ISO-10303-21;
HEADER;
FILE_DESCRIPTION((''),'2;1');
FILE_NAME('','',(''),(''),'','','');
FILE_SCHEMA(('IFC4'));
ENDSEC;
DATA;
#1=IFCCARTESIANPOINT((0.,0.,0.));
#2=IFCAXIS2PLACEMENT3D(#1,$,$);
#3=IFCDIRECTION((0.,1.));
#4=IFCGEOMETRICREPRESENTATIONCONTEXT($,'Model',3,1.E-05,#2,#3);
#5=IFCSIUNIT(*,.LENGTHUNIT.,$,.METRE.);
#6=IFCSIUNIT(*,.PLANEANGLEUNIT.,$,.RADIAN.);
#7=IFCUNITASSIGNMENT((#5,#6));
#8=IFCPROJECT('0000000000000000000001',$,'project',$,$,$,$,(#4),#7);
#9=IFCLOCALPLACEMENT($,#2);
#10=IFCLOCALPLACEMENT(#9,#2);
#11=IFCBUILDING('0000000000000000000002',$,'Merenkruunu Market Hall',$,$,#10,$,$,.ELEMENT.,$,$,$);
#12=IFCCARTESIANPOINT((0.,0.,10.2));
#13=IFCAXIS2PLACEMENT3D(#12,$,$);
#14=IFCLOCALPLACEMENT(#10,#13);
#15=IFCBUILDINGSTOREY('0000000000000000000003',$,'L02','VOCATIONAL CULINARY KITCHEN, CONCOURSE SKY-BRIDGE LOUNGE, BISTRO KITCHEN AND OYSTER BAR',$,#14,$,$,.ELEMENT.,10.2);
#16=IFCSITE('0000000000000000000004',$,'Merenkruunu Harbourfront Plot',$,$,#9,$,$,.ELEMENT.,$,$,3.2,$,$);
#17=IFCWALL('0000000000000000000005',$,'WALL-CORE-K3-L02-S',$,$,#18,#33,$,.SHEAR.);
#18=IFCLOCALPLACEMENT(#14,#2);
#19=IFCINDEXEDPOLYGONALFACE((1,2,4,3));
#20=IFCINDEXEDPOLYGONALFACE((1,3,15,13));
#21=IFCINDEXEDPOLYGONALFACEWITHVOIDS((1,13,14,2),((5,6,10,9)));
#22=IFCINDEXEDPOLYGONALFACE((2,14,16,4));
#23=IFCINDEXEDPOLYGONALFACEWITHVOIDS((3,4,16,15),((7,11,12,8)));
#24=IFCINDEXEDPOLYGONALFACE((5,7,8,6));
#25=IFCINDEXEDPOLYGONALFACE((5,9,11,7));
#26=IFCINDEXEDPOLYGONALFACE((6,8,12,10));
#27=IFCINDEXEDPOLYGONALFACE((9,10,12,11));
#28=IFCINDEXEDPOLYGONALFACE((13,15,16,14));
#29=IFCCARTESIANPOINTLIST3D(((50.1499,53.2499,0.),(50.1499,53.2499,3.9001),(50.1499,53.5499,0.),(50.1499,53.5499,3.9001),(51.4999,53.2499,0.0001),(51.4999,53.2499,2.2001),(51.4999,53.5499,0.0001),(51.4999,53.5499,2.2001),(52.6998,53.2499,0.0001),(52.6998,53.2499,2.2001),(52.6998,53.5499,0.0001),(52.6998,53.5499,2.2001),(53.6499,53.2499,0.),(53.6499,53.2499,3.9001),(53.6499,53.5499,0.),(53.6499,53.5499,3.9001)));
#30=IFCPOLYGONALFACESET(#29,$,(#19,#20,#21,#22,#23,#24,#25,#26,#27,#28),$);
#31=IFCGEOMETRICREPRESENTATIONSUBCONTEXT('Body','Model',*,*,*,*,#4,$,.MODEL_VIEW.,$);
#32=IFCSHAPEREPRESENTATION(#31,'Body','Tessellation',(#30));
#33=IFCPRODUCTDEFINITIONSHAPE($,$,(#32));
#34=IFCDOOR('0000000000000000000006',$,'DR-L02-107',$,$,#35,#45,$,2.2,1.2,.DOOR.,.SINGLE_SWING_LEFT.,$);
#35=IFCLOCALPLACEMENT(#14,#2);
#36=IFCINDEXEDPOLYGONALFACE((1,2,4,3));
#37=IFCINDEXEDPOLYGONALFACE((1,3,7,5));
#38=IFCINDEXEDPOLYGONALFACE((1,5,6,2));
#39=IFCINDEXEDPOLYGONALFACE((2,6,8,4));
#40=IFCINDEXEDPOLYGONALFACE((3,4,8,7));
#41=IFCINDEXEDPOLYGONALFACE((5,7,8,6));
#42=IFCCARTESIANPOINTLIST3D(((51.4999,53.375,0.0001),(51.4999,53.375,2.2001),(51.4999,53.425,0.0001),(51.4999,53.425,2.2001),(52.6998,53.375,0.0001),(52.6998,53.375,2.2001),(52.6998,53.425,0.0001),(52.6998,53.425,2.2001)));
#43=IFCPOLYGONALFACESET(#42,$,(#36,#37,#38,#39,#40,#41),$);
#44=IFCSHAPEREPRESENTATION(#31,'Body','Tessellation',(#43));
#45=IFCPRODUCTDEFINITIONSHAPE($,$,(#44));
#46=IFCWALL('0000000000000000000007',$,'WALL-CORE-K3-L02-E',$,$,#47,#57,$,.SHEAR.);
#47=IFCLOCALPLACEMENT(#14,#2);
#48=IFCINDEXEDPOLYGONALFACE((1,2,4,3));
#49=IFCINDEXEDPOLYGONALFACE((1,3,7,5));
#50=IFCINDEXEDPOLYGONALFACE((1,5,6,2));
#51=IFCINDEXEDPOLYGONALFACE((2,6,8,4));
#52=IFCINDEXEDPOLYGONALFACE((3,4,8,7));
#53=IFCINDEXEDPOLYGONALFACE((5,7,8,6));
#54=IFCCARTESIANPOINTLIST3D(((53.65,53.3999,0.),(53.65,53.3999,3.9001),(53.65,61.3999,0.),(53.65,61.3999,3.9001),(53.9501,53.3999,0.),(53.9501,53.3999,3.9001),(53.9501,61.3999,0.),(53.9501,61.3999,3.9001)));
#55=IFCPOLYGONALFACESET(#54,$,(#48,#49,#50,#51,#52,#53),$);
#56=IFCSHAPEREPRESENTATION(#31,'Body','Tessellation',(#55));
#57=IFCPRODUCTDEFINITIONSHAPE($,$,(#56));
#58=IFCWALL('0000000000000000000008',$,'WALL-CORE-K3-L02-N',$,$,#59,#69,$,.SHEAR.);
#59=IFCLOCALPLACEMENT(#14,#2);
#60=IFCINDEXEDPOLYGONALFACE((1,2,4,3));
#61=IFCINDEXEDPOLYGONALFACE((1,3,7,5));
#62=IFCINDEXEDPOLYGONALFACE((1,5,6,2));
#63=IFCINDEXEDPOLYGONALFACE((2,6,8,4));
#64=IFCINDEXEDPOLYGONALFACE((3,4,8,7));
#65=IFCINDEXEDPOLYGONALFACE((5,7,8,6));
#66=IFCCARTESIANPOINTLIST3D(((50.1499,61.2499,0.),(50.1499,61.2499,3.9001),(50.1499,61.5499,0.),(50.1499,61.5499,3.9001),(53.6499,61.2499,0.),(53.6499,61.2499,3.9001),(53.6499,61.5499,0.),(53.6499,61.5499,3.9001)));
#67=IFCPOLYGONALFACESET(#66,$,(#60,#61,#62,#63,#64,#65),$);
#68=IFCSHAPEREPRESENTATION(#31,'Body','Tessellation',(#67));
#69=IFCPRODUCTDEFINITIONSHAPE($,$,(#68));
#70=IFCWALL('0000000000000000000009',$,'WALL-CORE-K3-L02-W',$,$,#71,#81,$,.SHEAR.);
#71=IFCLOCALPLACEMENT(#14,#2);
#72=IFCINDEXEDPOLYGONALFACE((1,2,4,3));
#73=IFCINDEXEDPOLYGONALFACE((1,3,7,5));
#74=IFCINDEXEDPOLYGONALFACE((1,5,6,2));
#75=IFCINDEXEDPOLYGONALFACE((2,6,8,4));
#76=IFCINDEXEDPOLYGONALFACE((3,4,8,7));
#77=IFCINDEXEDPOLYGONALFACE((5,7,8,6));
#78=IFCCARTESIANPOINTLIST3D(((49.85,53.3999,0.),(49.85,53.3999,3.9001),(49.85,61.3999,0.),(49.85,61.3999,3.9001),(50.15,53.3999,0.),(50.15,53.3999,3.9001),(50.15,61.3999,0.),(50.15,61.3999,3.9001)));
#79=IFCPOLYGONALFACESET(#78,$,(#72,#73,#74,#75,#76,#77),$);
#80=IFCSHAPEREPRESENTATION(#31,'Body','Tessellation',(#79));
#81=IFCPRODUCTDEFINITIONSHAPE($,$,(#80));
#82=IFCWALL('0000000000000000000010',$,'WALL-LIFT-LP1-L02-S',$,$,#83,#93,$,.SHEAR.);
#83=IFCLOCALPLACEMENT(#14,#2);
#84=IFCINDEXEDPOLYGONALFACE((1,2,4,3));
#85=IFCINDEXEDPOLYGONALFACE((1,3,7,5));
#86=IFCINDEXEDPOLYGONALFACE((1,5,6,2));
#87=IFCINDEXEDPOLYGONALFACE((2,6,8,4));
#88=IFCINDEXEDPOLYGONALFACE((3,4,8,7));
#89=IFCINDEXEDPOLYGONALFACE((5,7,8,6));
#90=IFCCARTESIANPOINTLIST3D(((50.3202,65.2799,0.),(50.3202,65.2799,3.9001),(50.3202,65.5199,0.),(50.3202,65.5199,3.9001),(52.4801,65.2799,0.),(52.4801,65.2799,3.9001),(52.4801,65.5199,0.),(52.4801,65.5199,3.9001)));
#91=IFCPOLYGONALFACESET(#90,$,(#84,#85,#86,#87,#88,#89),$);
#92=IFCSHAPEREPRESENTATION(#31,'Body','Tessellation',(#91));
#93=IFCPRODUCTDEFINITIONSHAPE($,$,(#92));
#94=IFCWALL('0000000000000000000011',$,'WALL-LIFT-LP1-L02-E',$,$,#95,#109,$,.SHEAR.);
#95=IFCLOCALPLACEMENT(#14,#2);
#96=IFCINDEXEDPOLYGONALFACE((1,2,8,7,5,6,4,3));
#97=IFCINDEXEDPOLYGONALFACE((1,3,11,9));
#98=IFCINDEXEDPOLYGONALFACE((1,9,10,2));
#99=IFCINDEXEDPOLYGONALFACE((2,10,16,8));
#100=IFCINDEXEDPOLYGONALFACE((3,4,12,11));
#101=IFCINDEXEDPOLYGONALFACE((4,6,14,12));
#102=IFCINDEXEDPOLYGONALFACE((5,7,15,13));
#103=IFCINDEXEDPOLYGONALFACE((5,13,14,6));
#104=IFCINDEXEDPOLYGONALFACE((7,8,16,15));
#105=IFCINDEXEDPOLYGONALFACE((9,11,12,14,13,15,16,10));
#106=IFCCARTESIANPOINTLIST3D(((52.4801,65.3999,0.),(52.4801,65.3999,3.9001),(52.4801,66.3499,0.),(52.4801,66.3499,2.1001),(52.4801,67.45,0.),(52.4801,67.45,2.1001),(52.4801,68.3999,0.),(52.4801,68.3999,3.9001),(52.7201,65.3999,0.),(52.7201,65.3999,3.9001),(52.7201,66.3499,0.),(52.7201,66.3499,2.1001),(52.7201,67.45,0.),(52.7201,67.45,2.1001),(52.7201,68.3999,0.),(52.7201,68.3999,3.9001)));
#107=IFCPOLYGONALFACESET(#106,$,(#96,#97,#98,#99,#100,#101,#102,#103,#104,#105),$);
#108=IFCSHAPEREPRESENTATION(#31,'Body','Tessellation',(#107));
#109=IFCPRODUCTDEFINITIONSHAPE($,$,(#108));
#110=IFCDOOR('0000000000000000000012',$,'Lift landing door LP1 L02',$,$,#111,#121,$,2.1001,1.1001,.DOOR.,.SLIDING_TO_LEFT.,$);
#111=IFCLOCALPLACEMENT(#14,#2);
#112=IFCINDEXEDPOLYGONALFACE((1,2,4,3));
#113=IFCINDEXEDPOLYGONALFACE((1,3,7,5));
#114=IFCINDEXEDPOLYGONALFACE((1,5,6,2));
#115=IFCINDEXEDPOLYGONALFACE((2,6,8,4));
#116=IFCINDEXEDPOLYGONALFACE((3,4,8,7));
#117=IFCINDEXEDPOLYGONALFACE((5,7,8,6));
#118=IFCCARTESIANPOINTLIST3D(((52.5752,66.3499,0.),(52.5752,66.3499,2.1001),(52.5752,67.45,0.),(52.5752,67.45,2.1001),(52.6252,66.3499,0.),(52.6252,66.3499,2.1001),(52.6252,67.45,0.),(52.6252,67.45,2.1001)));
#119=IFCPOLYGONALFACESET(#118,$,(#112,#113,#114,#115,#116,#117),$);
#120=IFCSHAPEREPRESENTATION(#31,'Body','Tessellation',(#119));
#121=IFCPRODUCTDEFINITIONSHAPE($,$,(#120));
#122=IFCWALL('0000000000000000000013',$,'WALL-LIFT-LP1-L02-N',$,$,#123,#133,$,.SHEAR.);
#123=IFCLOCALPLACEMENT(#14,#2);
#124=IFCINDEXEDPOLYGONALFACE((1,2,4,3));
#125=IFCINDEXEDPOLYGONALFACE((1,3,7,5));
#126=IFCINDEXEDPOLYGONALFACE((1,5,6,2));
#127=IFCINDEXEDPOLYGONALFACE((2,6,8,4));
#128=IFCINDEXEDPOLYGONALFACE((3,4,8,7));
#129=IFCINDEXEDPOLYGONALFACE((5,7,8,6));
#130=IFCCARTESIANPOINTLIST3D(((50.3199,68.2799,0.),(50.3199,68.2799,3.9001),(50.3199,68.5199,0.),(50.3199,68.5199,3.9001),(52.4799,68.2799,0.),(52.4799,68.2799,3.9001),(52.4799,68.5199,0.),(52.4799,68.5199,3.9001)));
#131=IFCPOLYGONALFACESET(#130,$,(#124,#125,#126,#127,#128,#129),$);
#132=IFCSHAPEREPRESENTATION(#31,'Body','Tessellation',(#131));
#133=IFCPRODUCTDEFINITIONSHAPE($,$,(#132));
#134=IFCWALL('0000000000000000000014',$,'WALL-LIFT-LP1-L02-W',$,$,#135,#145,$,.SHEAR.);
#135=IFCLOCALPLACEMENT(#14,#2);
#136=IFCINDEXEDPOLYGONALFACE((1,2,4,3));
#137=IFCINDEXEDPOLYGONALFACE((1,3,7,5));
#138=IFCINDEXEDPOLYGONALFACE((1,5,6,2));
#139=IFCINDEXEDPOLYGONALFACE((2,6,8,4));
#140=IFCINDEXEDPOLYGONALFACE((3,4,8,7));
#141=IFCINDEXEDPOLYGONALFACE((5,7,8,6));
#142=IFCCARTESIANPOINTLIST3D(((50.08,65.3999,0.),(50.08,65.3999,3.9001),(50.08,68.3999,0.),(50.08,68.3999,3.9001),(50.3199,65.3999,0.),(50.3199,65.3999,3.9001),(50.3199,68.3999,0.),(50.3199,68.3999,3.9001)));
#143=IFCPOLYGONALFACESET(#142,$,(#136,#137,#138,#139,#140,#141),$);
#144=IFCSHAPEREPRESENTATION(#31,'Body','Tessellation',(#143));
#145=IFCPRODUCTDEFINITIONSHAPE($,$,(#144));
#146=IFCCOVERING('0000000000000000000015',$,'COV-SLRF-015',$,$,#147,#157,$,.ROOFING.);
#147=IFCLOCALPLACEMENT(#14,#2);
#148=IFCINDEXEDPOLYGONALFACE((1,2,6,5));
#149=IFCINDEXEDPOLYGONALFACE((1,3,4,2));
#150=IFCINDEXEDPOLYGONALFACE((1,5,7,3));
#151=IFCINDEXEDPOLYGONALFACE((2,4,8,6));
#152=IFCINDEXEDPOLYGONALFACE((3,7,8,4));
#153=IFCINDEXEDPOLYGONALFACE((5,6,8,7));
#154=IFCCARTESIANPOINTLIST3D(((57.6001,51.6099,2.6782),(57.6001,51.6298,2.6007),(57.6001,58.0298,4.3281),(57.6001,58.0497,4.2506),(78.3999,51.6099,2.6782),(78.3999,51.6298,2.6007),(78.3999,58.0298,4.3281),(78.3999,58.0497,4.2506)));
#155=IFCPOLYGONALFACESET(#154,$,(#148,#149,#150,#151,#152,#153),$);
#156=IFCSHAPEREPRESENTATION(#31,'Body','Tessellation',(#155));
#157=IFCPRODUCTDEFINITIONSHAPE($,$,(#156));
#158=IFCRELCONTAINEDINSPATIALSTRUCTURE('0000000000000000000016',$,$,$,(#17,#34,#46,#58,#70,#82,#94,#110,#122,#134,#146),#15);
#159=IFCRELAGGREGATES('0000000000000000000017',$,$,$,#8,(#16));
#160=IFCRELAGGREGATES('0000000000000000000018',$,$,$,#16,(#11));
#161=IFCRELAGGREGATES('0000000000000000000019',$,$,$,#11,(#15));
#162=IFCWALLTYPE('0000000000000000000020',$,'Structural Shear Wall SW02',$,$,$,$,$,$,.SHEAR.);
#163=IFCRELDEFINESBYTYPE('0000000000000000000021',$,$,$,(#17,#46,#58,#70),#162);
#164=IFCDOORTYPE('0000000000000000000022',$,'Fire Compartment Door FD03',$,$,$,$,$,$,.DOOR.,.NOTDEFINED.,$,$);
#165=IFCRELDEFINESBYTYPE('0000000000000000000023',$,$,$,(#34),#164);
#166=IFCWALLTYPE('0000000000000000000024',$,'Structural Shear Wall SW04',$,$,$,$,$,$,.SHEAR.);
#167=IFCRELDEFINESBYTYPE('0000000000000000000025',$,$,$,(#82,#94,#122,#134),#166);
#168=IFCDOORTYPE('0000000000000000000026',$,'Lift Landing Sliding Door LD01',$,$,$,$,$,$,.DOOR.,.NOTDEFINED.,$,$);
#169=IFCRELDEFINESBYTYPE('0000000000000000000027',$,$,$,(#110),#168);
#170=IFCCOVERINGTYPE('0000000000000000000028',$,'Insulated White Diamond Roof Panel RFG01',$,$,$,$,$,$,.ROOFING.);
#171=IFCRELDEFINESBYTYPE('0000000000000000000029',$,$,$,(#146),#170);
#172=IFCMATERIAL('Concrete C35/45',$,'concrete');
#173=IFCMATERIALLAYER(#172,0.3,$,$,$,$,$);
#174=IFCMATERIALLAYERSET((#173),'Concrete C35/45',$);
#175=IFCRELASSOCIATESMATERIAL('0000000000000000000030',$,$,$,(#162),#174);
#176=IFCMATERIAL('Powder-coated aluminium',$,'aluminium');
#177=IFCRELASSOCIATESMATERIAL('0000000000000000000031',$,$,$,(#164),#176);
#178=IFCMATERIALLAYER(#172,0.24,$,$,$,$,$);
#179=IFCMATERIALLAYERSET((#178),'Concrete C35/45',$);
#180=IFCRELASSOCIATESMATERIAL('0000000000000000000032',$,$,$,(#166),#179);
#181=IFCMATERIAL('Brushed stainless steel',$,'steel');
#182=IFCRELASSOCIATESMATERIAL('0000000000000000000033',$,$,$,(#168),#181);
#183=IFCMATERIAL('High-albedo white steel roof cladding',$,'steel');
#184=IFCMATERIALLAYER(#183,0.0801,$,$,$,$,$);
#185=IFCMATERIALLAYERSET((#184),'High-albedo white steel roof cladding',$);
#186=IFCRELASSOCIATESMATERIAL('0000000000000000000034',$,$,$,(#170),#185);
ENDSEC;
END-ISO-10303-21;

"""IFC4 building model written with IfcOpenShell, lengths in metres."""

from ifc_helpers import new_model, si_unit, direction, frame, frame_2d, origin, place, context, subcontext, project, spatial, polyline, rectangle, outline, extrude, material, layer, layer_set, type_object, element, fill, save


model = new_model("IFC4")

# Units and contexts
model_context = context("Model", 3, precision=1e-05, world=origin(), true_north=direction((0.0, 1.0)))
body_context = subcontext(model_context, "Body", "Model", "MODEL_VIEW")
ifc_project = project(units=[si_unit("LENGTHUNIT", "METRE"), si_unit("PLANEANGLEUNIT", "RADIAN")], contexts=[model_context])

# Site, building, storey
site_placement = place(None, origin())
site = spatial("IfcSite", under=ifc_project, at=site_placement, Name="Merenkruunu Harbourfront Plot", CompositionType="ELEMENT", RefElevation=3.2)
building_placement = place(site_placement, origin())
building = spatial("IfcBuilding", under=site, at=building_placement, Name="Merenkruunu Market Hall", CompositionType="ELEMENT")
storey_placement = place(building_placement, frame((0.0, 0.0, 10.2)))
storey = spatial("IfcBuildingStorey", under=building, at=storey_placement, Name="L02", Description="VOCATIONAL CULINARY KITCHEN, CONCOURSE SKY-BRIDGE LOUNGE, BISTRO KITCHEN AND OYSTER BAR", CompositionType="ELEMENT", Elevation=10.2)

# Wall, opening, door
ifc_material_1 = material(Name="Concrete C35/45", Category="concrete")
ifc_layer_1 = layer(ifc_material_1, 0.3)
ifc_layer_set_1 = layer_set([ifc_layer_1], Name="Concrete C35/45")
wall_type_1 = type_object("IfcWallType", Name="Structural Shear Wall SW02", PredefinedType="SHEAR", material=ifc_layer_set_1)
wall_1_placement = place(storey_placement, frame((53.6499, 53.3999, 0.0), z_axis=(0.0, 0.0, 1.0), x_axis=(-1.0, 0.0, 0.0)))
wall_1 = element("IfcWall", 1, at=wall_1_placement, inside=storey, type_object=wall_type_1, Name="WALL-CORE-K3-L02-S", PredefinedType="SHEAR", context=body_context, shape_type="SweptSolid", body=[
    extrude(rectangle(XDim=3.5, YDim=0.3, at=frame_2d((1.75, 0.0))), origin(), (0.0, 0.0, 1.0), 3.9001),
])
opening_1_placement = place(wall_1_placement, frame((0.95, 0.0, 0.0)))
opening_1 = element("IfcOpeningElement", 2, at=opening_1_placement, cuts=wall_1, PredefinedType="OPENING", context=body_context, shape_type="SweptSolid", body=[
    extrude(rectangle(XDim=1.2, YDim=2.2, at=frame_2d((0.6001, 1.1001))), frame((0.0, 0.1602, 0.0), z_axis=(0.0, -1.0, 0.0), x_axis=(1.0, 0.0, 0.0)), (0.0, 0.0, 1.0), 0.3201),
])
ifc_material_2 = material(Name="Powder-coated aluminium", Category="aluminium")
door_type_1 = type_object("IfcDoorType", Name="Fire Compartment Door FD03", OperationType="NOTDEFINED", PredefinedType="DOOR", material=ifc_material_2)
door_1_placement = place(opening_1_placement, origin())
door_1 = element("IfcDoor", 3, at=door_1_placement, inside=storey, type_object=door_type_1, Name="DR-L02-107", OperationType="SINGLE_SWING_LEFT", OverallHeight=2.2, OverallWidth=1.2, PredefinedType="DOOR", context=body_context, shape_type="SweptSolid", body=[
    extrude(rectangle(XDim=1.2, YDim=2.2, at=frame_2d((0.6001, 1.1001))), frame((0.0, 0.0249, 0.0), z_axis=(0.0, -1.0, 0.0), x_axis=(1.0, 0.0, 0.0)), (0.0, 0.0, 1.0), 0.05),
])
fill(opening_1, door_1)

# Walls
wall_2_placement = place(storey_placement, frame((53.8, 53.3999, 0.0), z_axis=(0.0, 0.0, 1.0), x_axis=(0.0, 1.0, 0.0)))
element("IfcWall", 4, at=wall_2_placement, inside=storey, type_object=wall_type_1, Name="WALL-CORE-K3-L02-E", PredefinedType="SHEAR", context=body_context, shape_type="SweptSolid", body=[
    extrude(rectangle(XDim=8.0, YDim=0.3, at=frame_2d((4.0, 0.0))), origin(), (0.0, 0.0, 1.0), 3.9001),
])
wall_3_placement = place(storey_placement, frame((53.6499, 61.3999, 0.0), z_axis=(0.0, 0.0, 1.0), x_axis=(-1.0, 0.0, 0.0)))
element("IfcWall", 5, at=wall_3_placement, inside=storey, type_object=wall_type_1, Name="WALL-CORE-K3-L02-N", PredefinedType="SHEAR", context=body_context, shape_type="SweptSolid", body=[
    extrude(rectangle(XDim=3.5, YDim=0.3, at=frame_2d((1.75, 0.0))), origin(), (0.0, 0.0, 1.0), 3.9001),
])
wall_4_placement = place(storey_placement, frame((50.0, 61.3999, 0.0), z_axis=(0.0, 0.0, 1.0), x_axis=(0.0, -1.0, 0.0)))
element("IfcWall", 6, at=wall_4_placement, inside=storey, type_object=wall_type_1, Name="WALL-CORE-K3-L02-W", PredefinedType="SHEAR", context=body_context, shape_type="SweptSolid", body=[
    extrude(rectangle(XDim=8.0, YDim=0.3, at=frame_2d((4.0, 0.0))), origin(), (0.0, 0.0, 1.0), 3.9001),
])
ifc_layer_2 = layer(ifc_material_1, 0.24)
ifc_layer_set_2 = layer_set([ifc_layer_2], Name="Concrete C35/45")
wall_type_2 = type_object("IfcWallType", Name="Structural Shear Wall SW04", PredefinedType="SHEAR", material=ifc_layer_set_2)
wall_5_placement = place(storey_placement, frame((50.3201, 65.3999, 0.0), z_axis=(0.0, 0.0, 1.0), x_axis=(1.0, 0.0, 0.0)))
element("IfcWall", 7, at=wall_5_placement, inside=storey, type_object=wall_type_2, Name="WALL-LIFT-LP1-L02-S", PredefinedType="SHEAR", context=body_context, shape_type="SweptSolid", body=[
    extrude(rectangle(XDim=2.1599, YDim=0.24, at=frame_2d((1.0801, 0.0))), origin(), (0.0, 0.0, 1.0), 3.9001),
])

# Wall, opening, door
wall_6_placement = place(storey_placement, frame((52.6001, 65.3999, 0.0), z_axis=(0.0, 0.0, 1.0), x_axis=(0.0, 1.0, 0.0)))
wall_6 = element("IfcWall", 8, at=wall_6_placement, inside=storey, type_object=wall_type_2, Name="WALL-LIFT-LP1-L02-E", PredefinedType="SHEAR", context=body_context, shape_type="SweptSolid", body=[
    extrude(rectangle(XDim=3.0, YDim=0.24, at=frame_2d((1.5, 0.0))), origin(), (0.0, 0.0, 1.0), 3.9001),
])
opening_2_placement = place(wall_6_placement, frame((0.95, 0.0, 0.0)))
opening_2 = element("IfcOpeningElement", 9, at=opening_2_placement, cuts=wall_6, PredefinedType="OPENING", context=body_context, shape_type="SweptSolid", body=[
    extrude(rectangle(XDim=1.1001, YDim=2.1001, at=frame_2d((0.55, 1.05))), frame((0.0, 0.1299, 0.0), z_axis=(0.0, -1.0, 0.0), x_axis=(1.0, 0.0, 0.0)), (0.0, 0.0, 1.0), 0.26),
])
ifc_material_3 = material(Name="Brushed stainless steel", Category="steel")
door_type_2 = type_object("IfcDoorType", Name="Lift Landing Sliding Door LD01", OperationType="NOTDEFINED", PredefinedType="DOOR", material=ifc_material_3)
door_2_placement = place(opening_2_placement, origin())
door_2 = element("IfcDoor", 10, at=door_2_placement, inside=storey, type_object=door_type_2, Name="Lift landing door LP1 L02", OperationType="SLIDING_TO_LEFT", OverallHeight=2.1001, OverallWidth=1.1001, PredefinedType="DOOR", context=body_context, shape_type="SweptSolid", body=[
    extrude(rectangle(XDim=1.1001, YDim=2.1001, at=frame_2d((0.55, 1.05))), frame((0.0, 0.0249, 0.0), z_axis=(0.0, -1.0, 0.0), x_axis=(1.0, 0.0, 0.0)), (0.0, 0.0, 1.0), 0.05),
])
fill(opening_2, door_2)

# Walls
wall_7_placement = place(storey_placement, frame((52.48, 68.3999, 0.0), z_axis=(0.0, 0.0, 1.0), x_axis=(-1.0, 0.0, 0.0)))
element("IfcWall", 11, at=wall_7_placement, inside=storey, type_object=wall_type_2, Name="WALL-LIFT-LP1-L02-N", PredefinedType="SHEAR", context=body_context, shape_type="SweptSolid", body=[
    extrude(rectangle(XDim=2.1599, YDim=0.24, at=frame_2d((1.0801, 0.0))), origin(), (0.0, 0.0, 1.0), 3.9001),
])
wall_8_placement = place(storey_placement, frame((50.2, 68.3999, 0.0), z_axis=(0.0, 0.0, 1.0), x_axis=(0.0, -1.0, 0.0)))
element("IfcWall", 12, at=wall_8_placement, inside=storey, type_object=wall_type_2, Name="WALL-LIFT-LP1-L02-W", PredefinedType="SHEAR", context=body_context, shape_type="SweptSolid", body=[
    extrude(rectangle(XDim=3.0, YDim=0.24, at=frame_2d((1.5, 0.0))), origin(), (0.0, 0.0, 1.0), 3.9001),
])

# Covering
ifc_material_4 = material(Name="High-albedo white steel roof cladding", Category="steel")
ifc_layer_3 = layer(ifc_material_4, 0.0801)
ifc_layer_set_3 = layer_set([ifc_layer_3], Name="High-albedo white steel roof cladding")
covering_type = type_object("IfcCoveringType", Name="Insulated White Diamond Roof Panel RFG01", PredefinedType="ROOFING", material=ifc_layer_set_3)
covering_placement = place(storey_placement, frame((57.6001, 51.6099, 2.6782), z_axis=(0.0, -0.248909, 0.968527), x_axis=(1.0, 0.0, 0.0)))
element("IfcCovering", 13, at=covering_placement, inside=storey, type_object=covering_type, Name="COV-SLRF-015", PredefinedType="ROOFING", context=body_context, shape_type="SweptSolid", body=[
    extrude(outline(polyline([(0.0, 0.0), (20.7998, 0.0), (20.7998, 6.6285), (0.0, 6.6285), (0.0, 0.0)])), origin(), (0.0, 0.0, -1.0), 0.0801),
])

save(model, "model.ifc")
